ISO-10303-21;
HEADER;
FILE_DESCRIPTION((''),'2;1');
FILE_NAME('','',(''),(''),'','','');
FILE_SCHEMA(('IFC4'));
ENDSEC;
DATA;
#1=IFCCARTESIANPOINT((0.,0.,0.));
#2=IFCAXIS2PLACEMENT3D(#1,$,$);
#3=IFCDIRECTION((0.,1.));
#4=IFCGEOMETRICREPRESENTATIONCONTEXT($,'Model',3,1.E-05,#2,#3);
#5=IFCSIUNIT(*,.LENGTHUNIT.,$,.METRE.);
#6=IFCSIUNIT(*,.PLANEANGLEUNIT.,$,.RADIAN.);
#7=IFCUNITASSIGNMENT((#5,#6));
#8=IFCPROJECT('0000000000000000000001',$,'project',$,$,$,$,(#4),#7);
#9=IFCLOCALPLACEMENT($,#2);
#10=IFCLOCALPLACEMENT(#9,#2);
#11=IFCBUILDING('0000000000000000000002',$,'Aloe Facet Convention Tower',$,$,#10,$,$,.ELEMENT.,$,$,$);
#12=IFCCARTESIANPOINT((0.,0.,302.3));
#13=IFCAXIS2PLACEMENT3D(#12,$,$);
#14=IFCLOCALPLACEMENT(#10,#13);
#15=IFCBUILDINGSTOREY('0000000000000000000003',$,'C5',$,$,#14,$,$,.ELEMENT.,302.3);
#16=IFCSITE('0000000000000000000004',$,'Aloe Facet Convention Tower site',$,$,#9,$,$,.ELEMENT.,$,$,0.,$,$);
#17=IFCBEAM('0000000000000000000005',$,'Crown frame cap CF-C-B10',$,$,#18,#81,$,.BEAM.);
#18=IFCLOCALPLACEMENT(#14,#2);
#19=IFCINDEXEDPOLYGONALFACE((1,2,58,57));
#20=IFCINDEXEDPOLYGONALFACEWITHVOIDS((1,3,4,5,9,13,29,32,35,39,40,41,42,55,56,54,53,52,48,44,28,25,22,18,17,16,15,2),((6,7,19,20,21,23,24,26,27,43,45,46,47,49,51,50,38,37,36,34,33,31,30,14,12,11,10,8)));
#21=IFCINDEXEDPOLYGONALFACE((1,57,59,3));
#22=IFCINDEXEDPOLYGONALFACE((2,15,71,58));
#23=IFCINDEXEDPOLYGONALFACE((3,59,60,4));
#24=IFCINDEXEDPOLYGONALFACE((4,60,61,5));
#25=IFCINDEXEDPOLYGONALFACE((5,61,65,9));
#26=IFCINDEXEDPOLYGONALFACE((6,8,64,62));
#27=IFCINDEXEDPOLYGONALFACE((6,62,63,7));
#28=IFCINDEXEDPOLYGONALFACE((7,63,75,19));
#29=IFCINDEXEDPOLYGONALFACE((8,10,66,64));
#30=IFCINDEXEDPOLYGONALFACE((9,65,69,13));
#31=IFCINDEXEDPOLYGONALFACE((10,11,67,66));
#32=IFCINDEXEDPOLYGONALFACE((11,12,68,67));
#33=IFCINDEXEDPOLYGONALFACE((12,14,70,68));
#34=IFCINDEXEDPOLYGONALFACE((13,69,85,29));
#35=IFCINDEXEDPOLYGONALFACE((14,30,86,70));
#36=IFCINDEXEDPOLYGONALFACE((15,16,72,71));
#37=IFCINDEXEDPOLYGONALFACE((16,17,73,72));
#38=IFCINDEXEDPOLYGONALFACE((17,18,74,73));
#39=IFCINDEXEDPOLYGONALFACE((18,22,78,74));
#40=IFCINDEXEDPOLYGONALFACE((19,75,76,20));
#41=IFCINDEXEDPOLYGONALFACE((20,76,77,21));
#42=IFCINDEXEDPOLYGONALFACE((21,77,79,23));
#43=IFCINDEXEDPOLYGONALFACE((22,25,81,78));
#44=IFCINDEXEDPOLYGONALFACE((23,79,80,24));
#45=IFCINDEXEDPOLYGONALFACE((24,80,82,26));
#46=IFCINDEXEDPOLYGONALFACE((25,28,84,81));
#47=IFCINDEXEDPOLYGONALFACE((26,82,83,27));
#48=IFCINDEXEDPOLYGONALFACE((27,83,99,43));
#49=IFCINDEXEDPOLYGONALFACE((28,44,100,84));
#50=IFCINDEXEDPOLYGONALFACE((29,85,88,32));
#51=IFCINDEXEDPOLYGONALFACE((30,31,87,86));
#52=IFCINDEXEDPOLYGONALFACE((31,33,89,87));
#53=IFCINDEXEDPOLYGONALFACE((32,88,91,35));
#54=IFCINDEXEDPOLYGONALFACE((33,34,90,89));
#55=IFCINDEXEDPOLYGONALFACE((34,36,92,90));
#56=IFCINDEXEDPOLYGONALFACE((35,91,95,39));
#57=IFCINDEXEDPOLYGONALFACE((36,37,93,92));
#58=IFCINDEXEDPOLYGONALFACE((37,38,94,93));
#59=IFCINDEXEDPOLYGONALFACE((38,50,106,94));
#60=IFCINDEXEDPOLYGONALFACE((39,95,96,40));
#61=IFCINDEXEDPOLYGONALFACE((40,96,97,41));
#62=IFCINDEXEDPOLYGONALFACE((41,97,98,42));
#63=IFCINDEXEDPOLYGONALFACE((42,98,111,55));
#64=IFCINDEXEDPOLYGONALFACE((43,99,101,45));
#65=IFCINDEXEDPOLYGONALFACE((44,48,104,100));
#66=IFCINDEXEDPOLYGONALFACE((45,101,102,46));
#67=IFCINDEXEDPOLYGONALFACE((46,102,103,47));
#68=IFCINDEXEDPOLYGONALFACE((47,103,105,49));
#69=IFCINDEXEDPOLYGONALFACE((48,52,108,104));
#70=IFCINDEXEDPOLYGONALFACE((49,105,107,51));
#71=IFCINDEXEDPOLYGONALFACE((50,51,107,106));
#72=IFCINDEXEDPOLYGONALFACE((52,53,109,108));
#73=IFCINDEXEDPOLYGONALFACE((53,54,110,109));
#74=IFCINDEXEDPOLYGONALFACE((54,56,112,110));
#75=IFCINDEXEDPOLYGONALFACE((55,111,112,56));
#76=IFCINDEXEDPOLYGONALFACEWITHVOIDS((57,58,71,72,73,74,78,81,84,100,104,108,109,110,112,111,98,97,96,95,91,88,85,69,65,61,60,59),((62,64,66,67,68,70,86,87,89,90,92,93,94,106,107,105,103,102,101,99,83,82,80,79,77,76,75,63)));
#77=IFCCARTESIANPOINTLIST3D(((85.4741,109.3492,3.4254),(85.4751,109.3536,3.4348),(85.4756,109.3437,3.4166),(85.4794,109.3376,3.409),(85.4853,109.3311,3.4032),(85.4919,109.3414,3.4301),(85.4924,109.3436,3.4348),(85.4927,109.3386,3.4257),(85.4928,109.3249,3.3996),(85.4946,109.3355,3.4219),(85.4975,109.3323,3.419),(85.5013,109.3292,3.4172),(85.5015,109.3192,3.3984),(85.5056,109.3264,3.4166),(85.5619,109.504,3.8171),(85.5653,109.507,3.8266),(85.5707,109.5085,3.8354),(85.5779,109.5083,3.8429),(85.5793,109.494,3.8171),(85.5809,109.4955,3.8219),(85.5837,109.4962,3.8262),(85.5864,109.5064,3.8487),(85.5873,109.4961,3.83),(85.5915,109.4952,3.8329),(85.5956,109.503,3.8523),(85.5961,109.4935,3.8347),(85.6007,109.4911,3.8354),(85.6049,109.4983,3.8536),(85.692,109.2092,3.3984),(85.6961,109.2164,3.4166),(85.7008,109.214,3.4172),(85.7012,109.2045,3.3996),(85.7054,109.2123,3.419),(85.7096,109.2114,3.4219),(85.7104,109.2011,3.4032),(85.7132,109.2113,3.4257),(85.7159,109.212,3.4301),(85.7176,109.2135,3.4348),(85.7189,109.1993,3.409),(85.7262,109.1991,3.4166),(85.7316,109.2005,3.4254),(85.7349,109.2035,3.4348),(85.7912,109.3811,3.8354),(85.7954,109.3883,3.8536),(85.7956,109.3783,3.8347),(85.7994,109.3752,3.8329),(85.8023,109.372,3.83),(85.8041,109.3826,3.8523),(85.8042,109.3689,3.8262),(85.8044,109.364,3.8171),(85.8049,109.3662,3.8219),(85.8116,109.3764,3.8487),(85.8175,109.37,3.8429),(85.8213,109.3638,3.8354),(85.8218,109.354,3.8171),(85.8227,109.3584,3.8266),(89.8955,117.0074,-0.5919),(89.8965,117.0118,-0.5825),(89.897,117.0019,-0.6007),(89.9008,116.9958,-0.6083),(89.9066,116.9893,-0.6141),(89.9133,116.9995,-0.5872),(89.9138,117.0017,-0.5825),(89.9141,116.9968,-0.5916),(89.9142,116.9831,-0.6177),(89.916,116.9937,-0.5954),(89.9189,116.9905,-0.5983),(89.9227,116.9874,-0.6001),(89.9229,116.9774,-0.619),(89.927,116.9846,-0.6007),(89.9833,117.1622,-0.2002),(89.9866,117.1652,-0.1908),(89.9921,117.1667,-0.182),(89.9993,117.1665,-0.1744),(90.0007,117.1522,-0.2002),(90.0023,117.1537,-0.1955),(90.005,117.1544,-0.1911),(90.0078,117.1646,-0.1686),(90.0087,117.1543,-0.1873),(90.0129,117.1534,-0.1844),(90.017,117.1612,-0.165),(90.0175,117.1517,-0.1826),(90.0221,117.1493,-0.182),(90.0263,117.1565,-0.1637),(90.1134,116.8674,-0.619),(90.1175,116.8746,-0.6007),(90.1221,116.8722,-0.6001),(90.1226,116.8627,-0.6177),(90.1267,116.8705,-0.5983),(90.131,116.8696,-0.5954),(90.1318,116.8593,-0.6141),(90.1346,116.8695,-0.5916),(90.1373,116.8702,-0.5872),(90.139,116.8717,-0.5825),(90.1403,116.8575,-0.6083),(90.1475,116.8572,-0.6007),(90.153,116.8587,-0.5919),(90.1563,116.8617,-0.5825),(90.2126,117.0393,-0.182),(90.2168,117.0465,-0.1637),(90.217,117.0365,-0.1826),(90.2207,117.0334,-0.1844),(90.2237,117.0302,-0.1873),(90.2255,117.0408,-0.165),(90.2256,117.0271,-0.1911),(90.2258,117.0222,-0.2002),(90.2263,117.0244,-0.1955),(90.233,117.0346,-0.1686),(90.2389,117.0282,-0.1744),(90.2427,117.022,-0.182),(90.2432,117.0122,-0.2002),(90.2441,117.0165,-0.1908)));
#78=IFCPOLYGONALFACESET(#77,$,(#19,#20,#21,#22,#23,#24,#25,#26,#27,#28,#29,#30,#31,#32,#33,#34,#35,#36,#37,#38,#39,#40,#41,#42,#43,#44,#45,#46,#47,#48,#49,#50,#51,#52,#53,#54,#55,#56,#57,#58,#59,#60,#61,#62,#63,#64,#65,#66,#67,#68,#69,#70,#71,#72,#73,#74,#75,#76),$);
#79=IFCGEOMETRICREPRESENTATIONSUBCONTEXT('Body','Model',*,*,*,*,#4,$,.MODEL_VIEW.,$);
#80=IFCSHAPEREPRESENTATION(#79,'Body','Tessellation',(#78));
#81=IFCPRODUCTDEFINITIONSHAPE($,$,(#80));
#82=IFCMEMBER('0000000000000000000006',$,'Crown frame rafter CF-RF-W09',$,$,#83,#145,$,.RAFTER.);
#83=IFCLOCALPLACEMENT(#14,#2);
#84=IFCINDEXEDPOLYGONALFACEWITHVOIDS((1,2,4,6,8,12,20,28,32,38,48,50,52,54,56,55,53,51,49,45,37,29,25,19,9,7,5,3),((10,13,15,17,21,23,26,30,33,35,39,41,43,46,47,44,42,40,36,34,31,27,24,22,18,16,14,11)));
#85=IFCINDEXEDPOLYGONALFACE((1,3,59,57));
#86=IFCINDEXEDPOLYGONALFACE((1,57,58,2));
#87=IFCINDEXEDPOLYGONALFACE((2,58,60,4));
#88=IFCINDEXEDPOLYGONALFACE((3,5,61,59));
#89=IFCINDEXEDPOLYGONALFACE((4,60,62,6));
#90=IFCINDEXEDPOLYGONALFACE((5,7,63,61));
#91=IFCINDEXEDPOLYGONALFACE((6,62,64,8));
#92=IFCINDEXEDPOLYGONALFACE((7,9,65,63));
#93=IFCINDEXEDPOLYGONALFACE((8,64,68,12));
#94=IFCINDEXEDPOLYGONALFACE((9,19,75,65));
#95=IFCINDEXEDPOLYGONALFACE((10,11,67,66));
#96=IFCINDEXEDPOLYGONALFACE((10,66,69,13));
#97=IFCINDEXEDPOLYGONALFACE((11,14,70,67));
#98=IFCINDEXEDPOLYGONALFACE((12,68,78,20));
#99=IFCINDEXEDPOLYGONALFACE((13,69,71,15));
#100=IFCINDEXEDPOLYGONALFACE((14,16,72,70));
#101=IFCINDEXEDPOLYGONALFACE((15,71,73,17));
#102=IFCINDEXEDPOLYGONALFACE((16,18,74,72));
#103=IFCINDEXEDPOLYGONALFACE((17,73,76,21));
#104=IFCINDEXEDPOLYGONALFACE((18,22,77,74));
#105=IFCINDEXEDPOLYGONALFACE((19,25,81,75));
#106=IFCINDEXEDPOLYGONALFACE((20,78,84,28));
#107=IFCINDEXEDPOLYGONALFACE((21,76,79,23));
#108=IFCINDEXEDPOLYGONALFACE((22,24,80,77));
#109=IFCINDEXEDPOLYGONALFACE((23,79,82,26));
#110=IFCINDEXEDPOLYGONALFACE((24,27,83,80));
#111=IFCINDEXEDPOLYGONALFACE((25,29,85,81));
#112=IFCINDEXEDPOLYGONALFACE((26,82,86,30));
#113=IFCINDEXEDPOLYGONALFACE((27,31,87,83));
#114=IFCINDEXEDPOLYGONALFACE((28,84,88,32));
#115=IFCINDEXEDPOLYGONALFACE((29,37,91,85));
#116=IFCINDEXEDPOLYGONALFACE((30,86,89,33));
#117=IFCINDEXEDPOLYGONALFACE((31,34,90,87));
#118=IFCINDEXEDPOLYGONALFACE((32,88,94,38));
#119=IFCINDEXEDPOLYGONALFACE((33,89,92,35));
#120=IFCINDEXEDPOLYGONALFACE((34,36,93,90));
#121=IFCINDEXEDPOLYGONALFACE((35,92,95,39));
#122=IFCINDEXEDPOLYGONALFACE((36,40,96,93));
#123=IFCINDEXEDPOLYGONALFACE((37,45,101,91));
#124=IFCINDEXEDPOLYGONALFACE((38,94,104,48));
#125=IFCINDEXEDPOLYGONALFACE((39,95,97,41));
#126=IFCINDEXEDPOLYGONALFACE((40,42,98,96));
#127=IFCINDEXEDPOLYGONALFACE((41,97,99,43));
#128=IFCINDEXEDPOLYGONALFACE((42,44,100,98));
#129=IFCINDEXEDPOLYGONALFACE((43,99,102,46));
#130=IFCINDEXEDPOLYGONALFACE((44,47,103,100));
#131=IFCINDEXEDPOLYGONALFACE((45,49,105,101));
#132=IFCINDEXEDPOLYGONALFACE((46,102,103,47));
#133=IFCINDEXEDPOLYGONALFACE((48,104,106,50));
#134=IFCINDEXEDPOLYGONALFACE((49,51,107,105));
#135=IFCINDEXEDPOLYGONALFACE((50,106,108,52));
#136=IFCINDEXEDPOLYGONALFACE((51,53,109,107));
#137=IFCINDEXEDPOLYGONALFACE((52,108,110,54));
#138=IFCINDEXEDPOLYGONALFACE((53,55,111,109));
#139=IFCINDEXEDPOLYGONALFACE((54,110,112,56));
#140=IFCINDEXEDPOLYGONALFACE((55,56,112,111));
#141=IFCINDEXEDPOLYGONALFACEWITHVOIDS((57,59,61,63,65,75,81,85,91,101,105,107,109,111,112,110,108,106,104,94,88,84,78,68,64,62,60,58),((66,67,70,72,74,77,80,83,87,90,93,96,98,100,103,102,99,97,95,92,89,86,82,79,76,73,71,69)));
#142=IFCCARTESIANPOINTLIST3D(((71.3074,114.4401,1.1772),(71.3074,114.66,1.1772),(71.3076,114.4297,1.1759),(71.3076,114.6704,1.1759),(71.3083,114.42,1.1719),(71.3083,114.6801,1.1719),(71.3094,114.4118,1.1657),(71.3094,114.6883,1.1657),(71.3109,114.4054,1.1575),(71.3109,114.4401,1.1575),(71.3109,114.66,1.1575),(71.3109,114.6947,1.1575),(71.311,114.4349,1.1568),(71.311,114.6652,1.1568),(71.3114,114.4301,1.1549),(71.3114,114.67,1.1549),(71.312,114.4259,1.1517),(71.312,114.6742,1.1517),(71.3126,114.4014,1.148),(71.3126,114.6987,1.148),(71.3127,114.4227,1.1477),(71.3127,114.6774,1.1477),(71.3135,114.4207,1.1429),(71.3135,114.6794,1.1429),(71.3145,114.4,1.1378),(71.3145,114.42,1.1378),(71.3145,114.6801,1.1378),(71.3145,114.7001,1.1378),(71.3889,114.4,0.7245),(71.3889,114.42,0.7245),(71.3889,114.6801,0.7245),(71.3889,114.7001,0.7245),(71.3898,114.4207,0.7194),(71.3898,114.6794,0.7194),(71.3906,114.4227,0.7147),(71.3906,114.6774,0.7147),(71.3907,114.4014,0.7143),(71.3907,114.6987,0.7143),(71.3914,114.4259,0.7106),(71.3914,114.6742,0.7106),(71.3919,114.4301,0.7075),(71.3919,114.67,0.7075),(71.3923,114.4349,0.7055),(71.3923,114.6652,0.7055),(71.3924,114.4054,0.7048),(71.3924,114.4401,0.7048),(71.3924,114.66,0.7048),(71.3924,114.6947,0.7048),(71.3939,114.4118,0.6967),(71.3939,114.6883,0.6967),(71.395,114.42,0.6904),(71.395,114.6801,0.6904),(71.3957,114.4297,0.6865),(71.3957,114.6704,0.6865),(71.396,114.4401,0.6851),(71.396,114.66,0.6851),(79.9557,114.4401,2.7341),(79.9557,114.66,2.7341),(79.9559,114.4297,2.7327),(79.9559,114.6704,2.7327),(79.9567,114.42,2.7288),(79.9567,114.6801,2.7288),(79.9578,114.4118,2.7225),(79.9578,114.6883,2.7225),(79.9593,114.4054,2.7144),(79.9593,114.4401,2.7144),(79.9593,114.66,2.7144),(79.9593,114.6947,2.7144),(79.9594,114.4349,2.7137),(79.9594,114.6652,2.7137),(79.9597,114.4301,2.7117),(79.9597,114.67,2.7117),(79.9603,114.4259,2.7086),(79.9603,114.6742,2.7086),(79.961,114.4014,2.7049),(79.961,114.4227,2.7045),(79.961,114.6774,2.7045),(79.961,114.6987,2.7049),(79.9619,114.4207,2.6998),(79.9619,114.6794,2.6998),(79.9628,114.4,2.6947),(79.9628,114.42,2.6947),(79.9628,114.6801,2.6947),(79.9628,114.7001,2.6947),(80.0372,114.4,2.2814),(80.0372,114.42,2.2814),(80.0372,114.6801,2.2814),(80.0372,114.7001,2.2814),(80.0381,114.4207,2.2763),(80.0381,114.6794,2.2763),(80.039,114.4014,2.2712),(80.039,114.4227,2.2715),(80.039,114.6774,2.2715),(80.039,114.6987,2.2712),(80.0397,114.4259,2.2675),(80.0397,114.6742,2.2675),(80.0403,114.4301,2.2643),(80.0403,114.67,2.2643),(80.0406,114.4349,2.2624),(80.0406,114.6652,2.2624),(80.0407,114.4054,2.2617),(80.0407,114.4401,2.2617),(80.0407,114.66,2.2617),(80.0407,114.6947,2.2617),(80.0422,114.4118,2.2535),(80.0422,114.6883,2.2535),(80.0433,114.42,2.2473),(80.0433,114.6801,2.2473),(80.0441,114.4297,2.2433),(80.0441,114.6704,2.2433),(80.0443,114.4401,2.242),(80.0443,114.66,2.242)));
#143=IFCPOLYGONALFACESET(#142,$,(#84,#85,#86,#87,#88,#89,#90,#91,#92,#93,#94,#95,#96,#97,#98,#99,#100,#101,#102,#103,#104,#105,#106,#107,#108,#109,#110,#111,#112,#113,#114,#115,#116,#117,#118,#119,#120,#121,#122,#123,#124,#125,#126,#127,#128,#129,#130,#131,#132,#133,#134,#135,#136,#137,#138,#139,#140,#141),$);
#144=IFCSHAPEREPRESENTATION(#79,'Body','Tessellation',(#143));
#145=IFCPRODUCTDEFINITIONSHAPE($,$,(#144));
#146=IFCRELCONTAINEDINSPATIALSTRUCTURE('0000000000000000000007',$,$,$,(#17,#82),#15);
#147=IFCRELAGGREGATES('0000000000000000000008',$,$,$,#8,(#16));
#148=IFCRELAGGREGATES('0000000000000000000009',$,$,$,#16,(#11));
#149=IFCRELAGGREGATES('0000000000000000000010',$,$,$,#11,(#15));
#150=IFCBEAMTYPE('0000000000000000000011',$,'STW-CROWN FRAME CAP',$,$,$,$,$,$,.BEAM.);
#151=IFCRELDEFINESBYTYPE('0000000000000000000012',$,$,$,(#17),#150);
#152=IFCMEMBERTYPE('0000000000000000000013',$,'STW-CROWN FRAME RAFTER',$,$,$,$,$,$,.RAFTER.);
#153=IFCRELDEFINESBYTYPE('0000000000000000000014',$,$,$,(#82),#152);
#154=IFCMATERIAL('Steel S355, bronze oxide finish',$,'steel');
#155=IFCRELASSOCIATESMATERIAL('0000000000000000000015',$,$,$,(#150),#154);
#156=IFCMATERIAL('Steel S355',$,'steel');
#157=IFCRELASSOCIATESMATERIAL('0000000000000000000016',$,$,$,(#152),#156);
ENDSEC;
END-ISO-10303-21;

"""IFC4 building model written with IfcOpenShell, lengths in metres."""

from ifc_helpers import new_model, si_unit, direction, frame, origin, origin_2d, place, context, subcontext, project, spatial, hollow_rectangle, extrude, material, material_profile, profile_set, type_object, element, save


model = new_model("IFC4")

# Units and contexts
model_context = context("Model", 3, precision=1e-05, world=origin(), true_north=direction((0.0, 1.0)))
body_context = subcontext(model_context, "Body", "Model", "MODEL_VIEW")
ifc_project = project(units=[si_unit("LENGTHUNIT", "METRE"), si_unit("PLANEANGLEUNIT", "RADIAN")], contexts=[model_context])

# Site, building, storey
site_placement = place(None, origin())
site = spatial("IfcSite", under=ifc_project, at=site_placement, Name="Aloe Facet Convention Tower site", CompositionType="ELEMENT", RefElevation=0.0)
building_placement = place(site_placement, origin())
building = spatial("IfcBuilding", under=site, at=building_placement, Name="Aloe Facet Convention Tower", CompositionType="ELEMENT")
storey_placement = place(building_placement, frame((0.0, 0.0, 302.3)))
storey = spatial("IfcBuildingStorey", under=building, at=storey_placement, Name="C5", CompositionType="ELEMENT", Elevation=302.3)

# Beam
ifc_material_1 = material(Name="Steel S355, bronze oxide finish", Category="steel")
ifc_material_profile_1 = material_profile(ifc_material_1, hollow_rectangle(XDim=0.3, YDim=0.5, WallThickness=0.02, InnerFilletRadius=0.02, OuterFilletRadius=0.04, at=origin_2d()), Name="RHS 500x300x20")
ifc_profile_set_1 = profile_set([ifc_material_profile_1], Name="Steel S355, bronze oxide finish")
beam_type = type_object("IfcBeamType", Name="STW-CROWN FRAME CAP", PredefinedType="BEAM", material=ifc_profile_set_1)
beam_1_placement = place(storey_placement, frame((85.6484, 109.3538, 3.626), z_axis=(0.455219, 0.788477, -0.413618), x_axis=(-0.866029, 0.499993, 0.0)))
element("IfcBeam", 1, at=beam_1_placement, inside=storey, type_object=beam_type, Name="Crown frame cap CF-C-B10", PredefinedType="BEAM", context=body_context, shape_type="SweptSolid", body=[
    extrude(hollow_rectangle(XDim=0.3, YDim=0.5, WallThickness=0.02, InnerFilletRadius=0.02, OuterFilletRadius=0.04, at=origin_2d()), origin(), (0.0, 0.0, 1.0), 9.7126),
])

# Member
ifc_material_2 = material(Name="Steel S355", Category="steel")
ifc_material_profile_2 = material_profile(ifc_material_2, hollow_rectangle(XDim=0.3, YDim=0.5, WallThickness=0.02, InnerFilletRadius=0.02, OuterFilletRadius=0.04, at=origin_2d()), Name="RHS 500x300x20")
ifc_profile_set_2 = profile_set([ifc_material_profile_2], Name="Steel S355")
member_type_1 = type_object("IfcMemberType", Name="STW-CROWN FRAME RAFTER", PredefinedType="RAFTER", material=ifc_profile_set_2)
for number, where, z_axis, x_axis, name in (
    (2, (80.0, 114.55, 2.488), (-0.98418, 0.0, -0.177171), (0.0, -1.0, 0.0), "Crown frame rafter CF-RF-W09"),
):
    element("IfcMember", number, at=place(storey_placement, frame(where, z_axis=z_axis, x_axis=x_axis)), inside=storey, type_object=member_type_1, Name=name, PredefinedType="RAFTER", context=body_context, shape_type="SweptSolid", body=[
        extrude(hollow_rectangle(XDim=0.3, YDim=0.5, WallThickness=0.02, InnerFilletRadius=0.02, OuterFilletRadius=0.04, at=origin_2d()), origin(), (0.0, 0.0, 1.0), 8.7874),
    ])

save(model, "model.ifc")
